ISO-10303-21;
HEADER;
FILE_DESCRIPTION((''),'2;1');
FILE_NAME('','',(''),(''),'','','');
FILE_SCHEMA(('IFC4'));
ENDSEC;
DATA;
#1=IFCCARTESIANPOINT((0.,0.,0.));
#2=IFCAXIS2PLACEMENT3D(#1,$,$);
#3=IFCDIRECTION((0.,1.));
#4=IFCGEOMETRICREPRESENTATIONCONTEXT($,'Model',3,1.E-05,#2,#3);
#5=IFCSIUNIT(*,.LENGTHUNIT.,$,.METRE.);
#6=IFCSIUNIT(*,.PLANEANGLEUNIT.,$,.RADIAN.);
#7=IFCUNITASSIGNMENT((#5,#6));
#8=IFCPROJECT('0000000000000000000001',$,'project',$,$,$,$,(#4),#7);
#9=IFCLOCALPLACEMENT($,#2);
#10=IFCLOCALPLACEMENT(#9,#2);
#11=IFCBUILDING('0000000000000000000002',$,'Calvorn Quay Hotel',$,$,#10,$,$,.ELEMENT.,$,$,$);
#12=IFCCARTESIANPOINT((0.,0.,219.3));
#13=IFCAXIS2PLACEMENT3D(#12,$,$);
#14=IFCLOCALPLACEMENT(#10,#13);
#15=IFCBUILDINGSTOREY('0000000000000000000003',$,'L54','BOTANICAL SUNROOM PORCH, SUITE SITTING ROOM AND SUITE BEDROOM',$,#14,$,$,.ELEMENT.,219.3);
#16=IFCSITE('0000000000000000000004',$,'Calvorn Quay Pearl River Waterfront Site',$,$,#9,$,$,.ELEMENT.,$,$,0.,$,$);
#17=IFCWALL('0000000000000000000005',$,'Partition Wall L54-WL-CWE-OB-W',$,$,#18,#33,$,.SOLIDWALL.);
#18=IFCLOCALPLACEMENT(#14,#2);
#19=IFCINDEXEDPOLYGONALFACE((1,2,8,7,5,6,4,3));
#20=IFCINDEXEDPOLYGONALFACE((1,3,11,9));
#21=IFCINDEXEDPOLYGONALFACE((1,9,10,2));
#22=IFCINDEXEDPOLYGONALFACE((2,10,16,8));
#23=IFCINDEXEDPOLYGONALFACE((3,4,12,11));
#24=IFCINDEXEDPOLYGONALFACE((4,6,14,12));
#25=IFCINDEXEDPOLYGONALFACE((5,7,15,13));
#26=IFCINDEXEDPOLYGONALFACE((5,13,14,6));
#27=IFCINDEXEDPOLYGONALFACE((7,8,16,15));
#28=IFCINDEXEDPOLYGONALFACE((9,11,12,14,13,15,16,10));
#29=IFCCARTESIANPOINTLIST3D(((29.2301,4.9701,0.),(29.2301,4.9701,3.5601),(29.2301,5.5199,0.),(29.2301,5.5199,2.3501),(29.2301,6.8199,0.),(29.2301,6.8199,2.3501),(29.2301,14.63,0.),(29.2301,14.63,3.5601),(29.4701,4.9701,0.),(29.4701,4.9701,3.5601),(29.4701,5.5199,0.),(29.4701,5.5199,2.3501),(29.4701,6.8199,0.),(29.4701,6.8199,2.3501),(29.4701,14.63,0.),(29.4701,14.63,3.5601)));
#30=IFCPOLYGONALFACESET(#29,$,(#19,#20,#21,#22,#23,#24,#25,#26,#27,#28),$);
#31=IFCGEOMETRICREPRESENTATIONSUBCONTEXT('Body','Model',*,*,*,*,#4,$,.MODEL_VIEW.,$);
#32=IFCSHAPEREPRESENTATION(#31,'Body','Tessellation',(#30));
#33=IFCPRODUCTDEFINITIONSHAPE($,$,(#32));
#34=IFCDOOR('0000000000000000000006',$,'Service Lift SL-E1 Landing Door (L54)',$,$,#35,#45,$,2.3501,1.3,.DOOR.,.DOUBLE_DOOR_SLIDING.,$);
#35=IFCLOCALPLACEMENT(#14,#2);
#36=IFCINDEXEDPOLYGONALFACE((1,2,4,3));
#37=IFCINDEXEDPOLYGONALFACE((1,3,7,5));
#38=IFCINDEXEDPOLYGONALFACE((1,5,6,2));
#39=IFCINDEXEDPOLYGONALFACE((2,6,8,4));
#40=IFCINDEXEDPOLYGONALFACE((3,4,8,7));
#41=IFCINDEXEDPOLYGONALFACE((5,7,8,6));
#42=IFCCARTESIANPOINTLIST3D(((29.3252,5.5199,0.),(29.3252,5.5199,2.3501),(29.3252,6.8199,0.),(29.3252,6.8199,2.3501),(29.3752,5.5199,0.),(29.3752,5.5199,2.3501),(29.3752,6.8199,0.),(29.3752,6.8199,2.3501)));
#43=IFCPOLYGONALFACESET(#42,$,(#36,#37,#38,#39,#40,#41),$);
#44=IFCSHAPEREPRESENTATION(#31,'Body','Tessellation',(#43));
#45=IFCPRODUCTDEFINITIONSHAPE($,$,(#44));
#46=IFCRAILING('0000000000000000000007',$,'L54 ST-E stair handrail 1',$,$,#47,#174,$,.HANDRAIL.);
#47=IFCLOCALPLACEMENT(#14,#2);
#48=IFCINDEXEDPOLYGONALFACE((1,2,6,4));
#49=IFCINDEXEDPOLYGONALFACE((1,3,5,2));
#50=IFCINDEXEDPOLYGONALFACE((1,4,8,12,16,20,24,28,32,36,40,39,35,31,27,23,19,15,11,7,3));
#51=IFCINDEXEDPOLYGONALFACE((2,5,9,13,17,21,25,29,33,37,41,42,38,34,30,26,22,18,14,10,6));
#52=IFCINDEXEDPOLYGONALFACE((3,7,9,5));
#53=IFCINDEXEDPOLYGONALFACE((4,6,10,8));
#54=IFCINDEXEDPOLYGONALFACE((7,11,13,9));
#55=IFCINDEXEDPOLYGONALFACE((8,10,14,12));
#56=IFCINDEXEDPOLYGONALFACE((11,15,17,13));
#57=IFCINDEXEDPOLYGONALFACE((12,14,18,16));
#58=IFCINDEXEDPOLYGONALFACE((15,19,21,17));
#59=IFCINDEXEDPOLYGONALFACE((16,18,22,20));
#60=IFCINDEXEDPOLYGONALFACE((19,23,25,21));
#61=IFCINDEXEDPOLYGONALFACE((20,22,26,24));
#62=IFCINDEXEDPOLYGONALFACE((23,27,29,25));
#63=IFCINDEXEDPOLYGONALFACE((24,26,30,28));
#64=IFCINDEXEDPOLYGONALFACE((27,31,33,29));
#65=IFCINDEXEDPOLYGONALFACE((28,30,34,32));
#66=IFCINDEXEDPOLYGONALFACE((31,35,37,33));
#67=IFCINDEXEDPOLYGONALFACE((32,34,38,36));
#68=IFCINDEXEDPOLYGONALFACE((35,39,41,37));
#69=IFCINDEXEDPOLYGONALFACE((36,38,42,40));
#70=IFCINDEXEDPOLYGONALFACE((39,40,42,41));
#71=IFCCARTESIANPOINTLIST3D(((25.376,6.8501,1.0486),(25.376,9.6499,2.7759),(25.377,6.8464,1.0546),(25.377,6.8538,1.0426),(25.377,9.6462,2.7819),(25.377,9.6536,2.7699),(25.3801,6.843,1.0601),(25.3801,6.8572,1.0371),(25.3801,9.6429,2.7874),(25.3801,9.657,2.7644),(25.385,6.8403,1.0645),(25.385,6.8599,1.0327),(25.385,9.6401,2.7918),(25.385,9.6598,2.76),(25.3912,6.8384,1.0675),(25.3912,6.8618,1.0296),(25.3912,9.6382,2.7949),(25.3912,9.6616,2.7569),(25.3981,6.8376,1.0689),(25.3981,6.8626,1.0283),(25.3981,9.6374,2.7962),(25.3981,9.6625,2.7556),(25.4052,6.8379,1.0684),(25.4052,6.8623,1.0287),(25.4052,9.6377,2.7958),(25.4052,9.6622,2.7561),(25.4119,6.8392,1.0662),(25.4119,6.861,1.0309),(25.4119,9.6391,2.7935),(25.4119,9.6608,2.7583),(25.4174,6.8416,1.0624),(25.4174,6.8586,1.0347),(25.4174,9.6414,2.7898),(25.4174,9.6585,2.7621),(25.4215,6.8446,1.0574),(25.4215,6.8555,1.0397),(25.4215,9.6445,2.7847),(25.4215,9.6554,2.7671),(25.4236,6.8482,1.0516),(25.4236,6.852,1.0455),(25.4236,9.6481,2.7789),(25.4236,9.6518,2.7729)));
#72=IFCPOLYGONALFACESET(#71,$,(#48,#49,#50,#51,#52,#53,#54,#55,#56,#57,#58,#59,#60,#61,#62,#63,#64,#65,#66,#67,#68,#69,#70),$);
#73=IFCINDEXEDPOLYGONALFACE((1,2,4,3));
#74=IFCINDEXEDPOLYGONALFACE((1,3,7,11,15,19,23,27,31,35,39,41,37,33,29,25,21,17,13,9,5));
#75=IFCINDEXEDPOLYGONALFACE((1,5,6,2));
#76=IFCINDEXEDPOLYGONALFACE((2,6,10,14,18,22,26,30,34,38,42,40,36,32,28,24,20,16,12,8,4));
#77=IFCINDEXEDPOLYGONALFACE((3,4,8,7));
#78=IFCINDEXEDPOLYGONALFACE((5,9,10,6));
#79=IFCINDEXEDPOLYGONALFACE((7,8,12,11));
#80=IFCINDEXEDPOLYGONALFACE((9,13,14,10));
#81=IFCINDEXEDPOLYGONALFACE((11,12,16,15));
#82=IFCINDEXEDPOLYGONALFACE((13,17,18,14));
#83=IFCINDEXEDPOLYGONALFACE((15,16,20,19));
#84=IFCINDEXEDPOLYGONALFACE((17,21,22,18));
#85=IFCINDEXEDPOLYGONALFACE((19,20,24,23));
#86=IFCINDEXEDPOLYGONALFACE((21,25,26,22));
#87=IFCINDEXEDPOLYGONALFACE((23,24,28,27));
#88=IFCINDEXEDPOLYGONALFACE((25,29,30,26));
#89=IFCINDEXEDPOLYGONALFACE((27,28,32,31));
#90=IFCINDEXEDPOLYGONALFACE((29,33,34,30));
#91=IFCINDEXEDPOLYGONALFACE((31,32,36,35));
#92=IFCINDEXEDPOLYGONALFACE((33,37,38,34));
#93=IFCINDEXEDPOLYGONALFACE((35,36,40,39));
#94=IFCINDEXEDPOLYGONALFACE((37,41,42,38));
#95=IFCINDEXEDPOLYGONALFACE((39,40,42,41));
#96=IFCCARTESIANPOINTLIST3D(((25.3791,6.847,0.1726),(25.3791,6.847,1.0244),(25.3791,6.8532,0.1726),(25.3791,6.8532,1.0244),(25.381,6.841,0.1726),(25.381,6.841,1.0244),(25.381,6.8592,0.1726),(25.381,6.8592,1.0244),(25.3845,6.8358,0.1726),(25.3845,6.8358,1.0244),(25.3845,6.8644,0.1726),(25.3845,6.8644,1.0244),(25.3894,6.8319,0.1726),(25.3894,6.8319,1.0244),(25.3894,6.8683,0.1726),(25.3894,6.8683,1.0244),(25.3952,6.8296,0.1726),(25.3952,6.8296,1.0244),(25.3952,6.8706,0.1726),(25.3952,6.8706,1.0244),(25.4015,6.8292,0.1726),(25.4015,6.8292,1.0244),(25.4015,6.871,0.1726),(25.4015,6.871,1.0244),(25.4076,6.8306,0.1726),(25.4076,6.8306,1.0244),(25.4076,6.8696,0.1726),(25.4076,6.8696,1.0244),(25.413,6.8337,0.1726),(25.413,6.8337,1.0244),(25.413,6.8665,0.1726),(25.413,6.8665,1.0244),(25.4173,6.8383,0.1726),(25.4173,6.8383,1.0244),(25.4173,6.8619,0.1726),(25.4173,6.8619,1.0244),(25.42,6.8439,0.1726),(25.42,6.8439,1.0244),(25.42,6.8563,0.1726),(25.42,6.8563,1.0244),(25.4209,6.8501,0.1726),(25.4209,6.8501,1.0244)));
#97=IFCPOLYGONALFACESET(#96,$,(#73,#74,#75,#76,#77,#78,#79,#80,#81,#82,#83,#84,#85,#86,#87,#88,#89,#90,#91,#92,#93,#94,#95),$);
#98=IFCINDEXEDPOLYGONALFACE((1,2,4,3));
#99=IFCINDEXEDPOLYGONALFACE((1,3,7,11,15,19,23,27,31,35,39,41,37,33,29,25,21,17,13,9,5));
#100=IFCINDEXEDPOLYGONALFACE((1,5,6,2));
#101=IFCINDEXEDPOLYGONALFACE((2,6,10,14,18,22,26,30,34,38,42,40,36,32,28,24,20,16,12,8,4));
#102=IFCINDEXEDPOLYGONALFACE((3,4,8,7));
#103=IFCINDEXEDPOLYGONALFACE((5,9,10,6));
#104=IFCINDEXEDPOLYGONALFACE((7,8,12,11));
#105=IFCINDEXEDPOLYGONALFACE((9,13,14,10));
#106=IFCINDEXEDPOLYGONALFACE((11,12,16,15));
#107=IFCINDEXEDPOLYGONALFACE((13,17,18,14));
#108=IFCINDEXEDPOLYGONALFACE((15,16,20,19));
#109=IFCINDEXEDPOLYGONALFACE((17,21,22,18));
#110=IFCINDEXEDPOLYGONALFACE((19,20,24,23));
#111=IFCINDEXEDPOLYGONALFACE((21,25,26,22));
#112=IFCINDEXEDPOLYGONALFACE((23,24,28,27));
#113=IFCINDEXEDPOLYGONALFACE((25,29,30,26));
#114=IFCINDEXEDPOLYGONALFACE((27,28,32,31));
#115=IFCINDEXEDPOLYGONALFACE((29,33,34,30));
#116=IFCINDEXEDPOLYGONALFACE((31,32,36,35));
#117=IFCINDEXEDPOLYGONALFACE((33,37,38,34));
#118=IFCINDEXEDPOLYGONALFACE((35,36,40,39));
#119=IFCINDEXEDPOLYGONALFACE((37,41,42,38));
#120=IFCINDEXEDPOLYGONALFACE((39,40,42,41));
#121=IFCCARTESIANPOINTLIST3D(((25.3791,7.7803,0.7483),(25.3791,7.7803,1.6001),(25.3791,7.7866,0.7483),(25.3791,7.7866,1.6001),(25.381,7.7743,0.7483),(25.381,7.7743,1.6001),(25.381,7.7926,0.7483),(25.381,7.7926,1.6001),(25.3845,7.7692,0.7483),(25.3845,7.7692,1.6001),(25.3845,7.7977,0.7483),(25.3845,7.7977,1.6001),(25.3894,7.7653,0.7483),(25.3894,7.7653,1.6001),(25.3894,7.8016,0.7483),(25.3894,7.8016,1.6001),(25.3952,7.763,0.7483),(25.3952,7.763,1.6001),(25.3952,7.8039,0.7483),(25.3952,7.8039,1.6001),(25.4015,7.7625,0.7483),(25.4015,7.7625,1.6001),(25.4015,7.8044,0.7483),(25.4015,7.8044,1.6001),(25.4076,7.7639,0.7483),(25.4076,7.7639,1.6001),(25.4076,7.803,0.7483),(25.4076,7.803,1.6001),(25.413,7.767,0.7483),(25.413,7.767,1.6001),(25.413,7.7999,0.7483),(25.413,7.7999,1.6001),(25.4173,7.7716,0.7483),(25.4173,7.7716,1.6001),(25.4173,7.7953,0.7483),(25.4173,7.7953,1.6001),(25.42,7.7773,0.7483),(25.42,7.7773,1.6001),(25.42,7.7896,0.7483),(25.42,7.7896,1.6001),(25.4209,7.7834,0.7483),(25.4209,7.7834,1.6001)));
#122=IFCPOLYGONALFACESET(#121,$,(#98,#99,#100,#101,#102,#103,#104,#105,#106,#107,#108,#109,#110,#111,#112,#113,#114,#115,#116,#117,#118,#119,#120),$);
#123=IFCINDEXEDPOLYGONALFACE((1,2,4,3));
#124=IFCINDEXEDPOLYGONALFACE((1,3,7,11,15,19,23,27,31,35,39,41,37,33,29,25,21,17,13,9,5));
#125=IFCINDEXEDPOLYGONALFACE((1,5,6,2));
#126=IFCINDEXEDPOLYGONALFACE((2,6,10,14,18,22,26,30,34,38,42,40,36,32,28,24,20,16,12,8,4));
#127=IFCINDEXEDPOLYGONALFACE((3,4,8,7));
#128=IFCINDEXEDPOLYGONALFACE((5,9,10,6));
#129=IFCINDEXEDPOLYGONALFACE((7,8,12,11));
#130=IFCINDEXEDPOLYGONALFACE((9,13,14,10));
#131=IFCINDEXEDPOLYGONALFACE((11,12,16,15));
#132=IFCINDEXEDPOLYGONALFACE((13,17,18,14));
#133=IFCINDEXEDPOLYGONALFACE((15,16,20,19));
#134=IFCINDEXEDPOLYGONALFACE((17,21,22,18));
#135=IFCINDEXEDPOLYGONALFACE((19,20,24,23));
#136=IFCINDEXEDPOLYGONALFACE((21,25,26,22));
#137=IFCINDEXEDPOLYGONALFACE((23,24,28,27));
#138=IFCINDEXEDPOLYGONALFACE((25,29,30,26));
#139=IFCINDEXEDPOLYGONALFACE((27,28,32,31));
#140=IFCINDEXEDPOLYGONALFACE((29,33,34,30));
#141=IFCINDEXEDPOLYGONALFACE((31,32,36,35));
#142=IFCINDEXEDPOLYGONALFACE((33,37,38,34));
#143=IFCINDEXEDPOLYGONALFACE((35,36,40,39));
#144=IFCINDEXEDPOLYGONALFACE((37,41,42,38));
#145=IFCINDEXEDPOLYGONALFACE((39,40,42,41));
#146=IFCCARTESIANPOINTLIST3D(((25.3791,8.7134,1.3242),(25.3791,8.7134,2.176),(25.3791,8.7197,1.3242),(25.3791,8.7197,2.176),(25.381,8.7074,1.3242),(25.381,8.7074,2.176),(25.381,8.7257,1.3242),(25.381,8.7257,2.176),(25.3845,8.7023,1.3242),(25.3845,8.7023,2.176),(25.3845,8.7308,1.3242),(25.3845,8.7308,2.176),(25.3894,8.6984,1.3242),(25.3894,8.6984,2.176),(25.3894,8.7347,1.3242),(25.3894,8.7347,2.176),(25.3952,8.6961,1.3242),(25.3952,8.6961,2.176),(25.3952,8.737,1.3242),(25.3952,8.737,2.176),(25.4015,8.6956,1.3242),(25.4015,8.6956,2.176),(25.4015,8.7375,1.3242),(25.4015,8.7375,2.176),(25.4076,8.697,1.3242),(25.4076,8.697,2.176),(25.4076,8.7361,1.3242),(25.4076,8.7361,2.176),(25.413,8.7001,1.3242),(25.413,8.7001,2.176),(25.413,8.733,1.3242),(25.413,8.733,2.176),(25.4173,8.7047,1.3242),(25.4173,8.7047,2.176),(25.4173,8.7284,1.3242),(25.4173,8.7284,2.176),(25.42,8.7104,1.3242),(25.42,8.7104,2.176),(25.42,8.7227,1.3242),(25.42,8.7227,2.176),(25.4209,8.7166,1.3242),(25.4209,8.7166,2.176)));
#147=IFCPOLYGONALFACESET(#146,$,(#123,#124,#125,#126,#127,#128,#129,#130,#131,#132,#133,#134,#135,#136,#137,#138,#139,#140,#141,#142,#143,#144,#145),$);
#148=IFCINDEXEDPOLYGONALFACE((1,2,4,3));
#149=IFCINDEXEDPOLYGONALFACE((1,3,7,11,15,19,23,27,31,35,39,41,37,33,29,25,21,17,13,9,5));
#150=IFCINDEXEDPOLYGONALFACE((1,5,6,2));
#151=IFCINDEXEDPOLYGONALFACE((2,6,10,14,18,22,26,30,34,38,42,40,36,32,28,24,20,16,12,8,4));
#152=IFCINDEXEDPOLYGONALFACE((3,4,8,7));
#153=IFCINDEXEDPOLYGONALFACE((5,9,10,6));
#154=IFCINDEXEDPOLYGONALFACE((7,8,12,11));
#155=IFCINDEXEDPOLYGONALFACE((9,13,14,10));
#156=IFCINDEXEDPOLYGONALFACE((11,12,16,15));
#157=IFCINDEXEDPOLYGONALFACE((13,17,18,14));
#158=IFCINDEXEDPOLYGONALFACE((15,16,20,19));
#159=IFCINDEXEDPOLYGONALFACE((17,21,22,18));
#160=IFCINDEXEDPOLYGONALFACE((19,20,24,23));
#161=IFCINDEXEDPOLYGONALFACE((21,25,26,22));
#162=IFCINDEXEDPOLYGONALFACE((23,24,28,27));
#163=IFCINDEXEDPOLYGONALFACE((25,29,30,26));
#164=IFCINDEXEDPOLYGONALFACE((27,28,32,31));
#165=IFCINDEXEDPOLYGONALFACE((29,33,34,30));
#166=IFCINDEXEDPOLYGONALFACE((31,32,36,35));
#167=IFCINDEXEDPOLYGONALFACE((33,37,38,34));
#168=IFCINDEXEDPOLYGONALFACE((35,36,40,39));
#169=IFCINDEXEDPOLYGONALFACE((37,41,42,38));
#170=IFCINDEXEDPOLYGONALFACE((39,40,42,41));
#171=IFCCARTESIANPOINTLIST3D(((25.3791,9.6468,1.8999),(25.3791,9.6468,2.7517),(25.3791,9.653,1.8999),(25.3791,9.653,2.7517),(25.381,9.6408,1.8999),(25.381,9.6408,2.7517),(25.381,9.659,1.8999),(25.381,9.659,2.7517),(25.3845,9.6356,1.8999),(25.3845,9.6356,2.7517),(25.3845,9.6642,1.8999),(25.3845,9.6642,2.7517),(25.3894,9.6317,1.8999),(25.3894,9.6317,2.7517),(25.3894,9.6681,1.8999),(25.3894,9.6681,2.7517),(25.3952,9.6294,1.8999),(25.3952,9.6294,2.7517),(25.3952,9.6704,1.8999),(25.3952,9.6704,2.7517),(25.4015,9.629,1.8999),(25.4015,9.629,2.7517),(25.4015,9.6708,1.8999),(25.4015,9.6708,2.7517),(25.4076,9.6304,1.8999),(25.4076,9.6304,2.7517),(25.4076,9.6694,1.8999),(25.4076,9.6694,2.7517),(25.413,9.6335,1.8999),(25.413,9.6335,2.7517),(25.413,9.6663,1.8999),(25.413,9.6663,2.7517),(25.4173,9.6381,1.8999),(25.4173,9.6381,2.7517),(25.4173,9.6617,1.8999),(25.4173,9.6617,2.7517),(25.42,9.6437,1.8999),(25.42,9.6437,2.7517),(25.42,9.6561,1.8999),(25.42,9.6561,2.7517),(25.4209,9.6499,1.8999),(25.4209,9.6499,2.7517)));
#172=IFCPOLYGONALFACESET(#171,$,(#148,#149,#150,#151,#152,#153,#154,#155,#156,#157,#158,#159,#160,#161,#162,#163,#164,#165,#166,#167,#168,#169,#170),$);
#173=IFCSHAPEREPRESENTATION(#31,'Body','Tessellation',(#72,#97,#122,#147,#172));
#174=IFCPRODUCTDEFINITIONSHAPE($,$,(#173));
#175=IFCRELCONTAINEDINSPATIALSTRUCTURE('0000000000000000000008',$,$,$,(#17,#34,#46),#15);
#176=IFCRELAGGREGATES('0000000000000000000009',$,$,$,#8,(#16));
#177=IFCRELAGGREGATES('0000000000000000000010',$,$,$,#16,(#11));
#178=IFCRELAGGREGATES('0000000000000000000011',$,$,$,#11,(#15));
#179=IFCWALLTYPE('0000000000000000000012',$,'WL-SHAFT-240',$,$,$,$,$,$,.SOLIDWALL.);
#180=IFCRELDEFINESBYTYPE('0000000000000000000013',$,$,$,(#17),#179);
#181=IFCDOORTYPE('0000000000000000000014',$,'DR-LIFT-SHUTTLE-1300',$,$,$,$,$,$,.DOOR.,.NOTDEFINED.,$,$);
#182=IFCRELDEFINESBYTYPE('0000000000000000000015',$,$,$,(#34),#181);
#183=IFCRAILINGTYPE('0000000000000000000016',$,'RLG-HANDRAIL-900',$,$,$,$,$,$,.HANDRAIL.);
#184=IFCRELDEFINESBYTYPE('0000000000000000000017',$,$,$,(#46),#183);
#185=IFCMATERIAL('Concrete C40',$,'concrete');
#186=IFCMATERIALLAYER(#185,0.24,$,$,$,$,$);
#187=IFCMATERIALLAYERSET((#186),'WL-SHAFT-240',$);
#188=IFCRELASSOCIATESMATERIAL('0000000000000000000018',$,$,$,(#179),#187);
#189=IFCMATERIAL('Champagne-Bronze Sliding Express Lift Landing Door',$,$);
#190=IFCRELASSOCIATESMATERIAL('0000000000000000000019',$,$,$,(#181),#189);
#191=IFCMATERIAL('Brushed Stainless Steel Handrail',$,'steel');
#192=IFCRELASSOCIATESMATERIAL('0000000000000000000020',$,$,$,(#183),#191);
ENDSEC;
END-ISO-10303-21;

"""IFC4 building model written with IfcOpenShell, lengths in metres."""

from ifc_helpers import new_model, si_unit, direction, frame, frame_2d, origin, origin_2d, place, context, subcontext, project, spatial, rectangle, circle, extrude, material, layer, layer_set, type_object, element, fill, save


model = new_model("IFC4")

# Units and contexts
model_context = context("Model", 3, precision=1e-05, world=origin(), true_north=direction((0.0, 1.0)))
body_context = subcontext(model_context, "Body", "Model", "MODEL_VIEW")
ifc_project = project(units=[si_unit("LENGTHUNIT", "METRE"), si_unit("PLANEANGLEUNIT", "RADIAN")], contexts=[model_context])

# Site, building, storey
site_placement = place(None, origin())
site = spatial("IfcSite", under=ifc_project, at=site_placement, Name="Calvorn Quay Pearl River Waterfront Site", CompositionType="ELEMENT", RefElevation=0.0)
building_placement = place(site_placement, origin())
building = spatial("IfcBuilding", under=site, at=building_placement, Name="Calvorn Quay Hotel", CompositionType="ELEMENT")
storey_placement = place(building_placement, frame((0.0, 0.0, 219.3)))
storey = spatial("IfcBuildingStorey", under=building, at=storey_placement, Name="L54", Description="BOTANICAL SUNROOM PORCH, SUITE SITTING ROOM AND SUITE BEDROOM", CompositionType="ELEMENT", Elevation=219.3)

# Shared definitions
ifc_material_1 = material(Name="Concrete C40", Category="concrete")
ifc_layer_1 = layer(ifc_material_1, 0.24)
ifc_layer_set_1 = layer_set([ifc_layer_1], Name="WL-SHAFT-240")
wall_type_1 = type_object("IfcWallType", Name="WL-SHAFT-240", PredefinedType="SOLIDWALL", material=ifc_layer_set_1)

# Shared definitions
ifc_material_2 = material(Name="Champagne-Bronze Sliding Express Lift Landing Door")
door_type_1 = type_object("IfcDoorType", Name="DR-LIFT-SHUTTLE-1300", OperationType="NOTDEFINED", PredefinedType="DOOR", material=ifc_material_2)

# Wall, opening, door
wall_1_placement = place(storey_placement, frame((29.3501, 4.97, 0.0), z_axis=(0.0, 0.0, 1.0), x_axis=(0.0, 1.0, 0.0)))
wall_1 = element("IfcWall", 1, at=wall_1_placement, inside=storey, type_object=wall_type_1, Name="Partition Wall L54-WL-CWE-OB-W", PredefinedType="SOLIDWALL", context=body_context, shape_type="SweptSolid", body=[
    extrude(rectangle(XDim=9.6599, YDim=0.24, at=frame_2d((4.8301, 0.0))), origin(), (0.0, 0.0, 1.0), 3.5601),
])
opening_1_placement = place(wall_1_placement, frame((0.55, 0.0, 0.0)))
opening_1 = element("IfcOpeningElement", 2, at=opening_1_placement, cuts=wall_1, PredefinedType="OPENING", context=body_context, shape_type="SweptSolid", body=[
    extrude(rectangle(XDim=1.3, YDim=2.3501, at=frame_2d((0.6499, 1.175))), frame((0.0, 0.1299, 0.0), z_axis=(0.0, -1.0, 0.0), x_axis=(1.0, 0.0, 0.0)), (0.0, 0.0, 1.0), 0.26),
])
door_1_placement = place(opening_1_placement, origin())
door_1 = element("IfcDoor", 3, at=door_1_placement, inside=storey, type_object=door_type_1, Name="Service Lift SL-E1 Landing Door (L54)", OperationType="DOUBLE_DOOR_SLIDING", OverallHeight=2.3501, OverallWidth=1.3, PredefinedType="DOOR", context=body_context, shape_type="SweptSolid", body=[
    extrude(rectangle(XDim=1.3, YDim=2.3501, at=frame_2d((0.6499, 1.175))), frame((0.0, 0.0249, 0.0), z_axis=(0.0, -1.0, 0.0), x_axis=(1.0, 0.0, 0.0)), (0.0, 0.0, 1.0), 0.05),
])
fill(opening_1, door_1)

# Railing
ifc_material_3 = material(Name="Brushed Stainless Steel Handrail", Category="steel")
railing_type = type_object("IfcRailingType", Name="RLG-HANDRAIL-900", PredefinedType="HANDRAIL", material=ifc_material_3)
railing_placement = place(storey_placement, frame((25.3999, 6.8501, 0.1726)))
element("IfcRailing", 4, at=railing_placement, inside=storey, type_object=railing_type, Name="L54 ST-E stair handrail 1", PredefinedType="HANDRAIL", context=body_context, shape_type="SweptSolid", body=[
    extrude(circle(Radius=0.0239, at=origin_2d()), frame((0.0, 0.0, 0.876), z_axis=(0.0, 0.851069, 0.525054), x_axis=(-1.0, 0.0, 0.0)), (0.0, 0.0, 1.0), 3.2898),
    extrude(circle(Radius=0.021, at=origin_2d()), origin(), (0.0, 0.0, 1.0), 0.8518),
    extrude(circle(Radius=0.021, at=origin_2d()), frame((0.0, 0.9333, 0.5757)), (0.0, 0.0, 1.0), 0.8518),
    extrude(circle(Radius=0.021, at=origin_2d()), frame((0.0, 1.8665, 1.1516)), (0.0, 0.0, 1.0), 0.8518),
    extrude(circle(Radius=0.021, at=origin_2d()), frame((0.0, 2.7998, 1.7273)), (0.0, 0.0, 1.0), 0.8518),
])

save(model, "model.ifc")
